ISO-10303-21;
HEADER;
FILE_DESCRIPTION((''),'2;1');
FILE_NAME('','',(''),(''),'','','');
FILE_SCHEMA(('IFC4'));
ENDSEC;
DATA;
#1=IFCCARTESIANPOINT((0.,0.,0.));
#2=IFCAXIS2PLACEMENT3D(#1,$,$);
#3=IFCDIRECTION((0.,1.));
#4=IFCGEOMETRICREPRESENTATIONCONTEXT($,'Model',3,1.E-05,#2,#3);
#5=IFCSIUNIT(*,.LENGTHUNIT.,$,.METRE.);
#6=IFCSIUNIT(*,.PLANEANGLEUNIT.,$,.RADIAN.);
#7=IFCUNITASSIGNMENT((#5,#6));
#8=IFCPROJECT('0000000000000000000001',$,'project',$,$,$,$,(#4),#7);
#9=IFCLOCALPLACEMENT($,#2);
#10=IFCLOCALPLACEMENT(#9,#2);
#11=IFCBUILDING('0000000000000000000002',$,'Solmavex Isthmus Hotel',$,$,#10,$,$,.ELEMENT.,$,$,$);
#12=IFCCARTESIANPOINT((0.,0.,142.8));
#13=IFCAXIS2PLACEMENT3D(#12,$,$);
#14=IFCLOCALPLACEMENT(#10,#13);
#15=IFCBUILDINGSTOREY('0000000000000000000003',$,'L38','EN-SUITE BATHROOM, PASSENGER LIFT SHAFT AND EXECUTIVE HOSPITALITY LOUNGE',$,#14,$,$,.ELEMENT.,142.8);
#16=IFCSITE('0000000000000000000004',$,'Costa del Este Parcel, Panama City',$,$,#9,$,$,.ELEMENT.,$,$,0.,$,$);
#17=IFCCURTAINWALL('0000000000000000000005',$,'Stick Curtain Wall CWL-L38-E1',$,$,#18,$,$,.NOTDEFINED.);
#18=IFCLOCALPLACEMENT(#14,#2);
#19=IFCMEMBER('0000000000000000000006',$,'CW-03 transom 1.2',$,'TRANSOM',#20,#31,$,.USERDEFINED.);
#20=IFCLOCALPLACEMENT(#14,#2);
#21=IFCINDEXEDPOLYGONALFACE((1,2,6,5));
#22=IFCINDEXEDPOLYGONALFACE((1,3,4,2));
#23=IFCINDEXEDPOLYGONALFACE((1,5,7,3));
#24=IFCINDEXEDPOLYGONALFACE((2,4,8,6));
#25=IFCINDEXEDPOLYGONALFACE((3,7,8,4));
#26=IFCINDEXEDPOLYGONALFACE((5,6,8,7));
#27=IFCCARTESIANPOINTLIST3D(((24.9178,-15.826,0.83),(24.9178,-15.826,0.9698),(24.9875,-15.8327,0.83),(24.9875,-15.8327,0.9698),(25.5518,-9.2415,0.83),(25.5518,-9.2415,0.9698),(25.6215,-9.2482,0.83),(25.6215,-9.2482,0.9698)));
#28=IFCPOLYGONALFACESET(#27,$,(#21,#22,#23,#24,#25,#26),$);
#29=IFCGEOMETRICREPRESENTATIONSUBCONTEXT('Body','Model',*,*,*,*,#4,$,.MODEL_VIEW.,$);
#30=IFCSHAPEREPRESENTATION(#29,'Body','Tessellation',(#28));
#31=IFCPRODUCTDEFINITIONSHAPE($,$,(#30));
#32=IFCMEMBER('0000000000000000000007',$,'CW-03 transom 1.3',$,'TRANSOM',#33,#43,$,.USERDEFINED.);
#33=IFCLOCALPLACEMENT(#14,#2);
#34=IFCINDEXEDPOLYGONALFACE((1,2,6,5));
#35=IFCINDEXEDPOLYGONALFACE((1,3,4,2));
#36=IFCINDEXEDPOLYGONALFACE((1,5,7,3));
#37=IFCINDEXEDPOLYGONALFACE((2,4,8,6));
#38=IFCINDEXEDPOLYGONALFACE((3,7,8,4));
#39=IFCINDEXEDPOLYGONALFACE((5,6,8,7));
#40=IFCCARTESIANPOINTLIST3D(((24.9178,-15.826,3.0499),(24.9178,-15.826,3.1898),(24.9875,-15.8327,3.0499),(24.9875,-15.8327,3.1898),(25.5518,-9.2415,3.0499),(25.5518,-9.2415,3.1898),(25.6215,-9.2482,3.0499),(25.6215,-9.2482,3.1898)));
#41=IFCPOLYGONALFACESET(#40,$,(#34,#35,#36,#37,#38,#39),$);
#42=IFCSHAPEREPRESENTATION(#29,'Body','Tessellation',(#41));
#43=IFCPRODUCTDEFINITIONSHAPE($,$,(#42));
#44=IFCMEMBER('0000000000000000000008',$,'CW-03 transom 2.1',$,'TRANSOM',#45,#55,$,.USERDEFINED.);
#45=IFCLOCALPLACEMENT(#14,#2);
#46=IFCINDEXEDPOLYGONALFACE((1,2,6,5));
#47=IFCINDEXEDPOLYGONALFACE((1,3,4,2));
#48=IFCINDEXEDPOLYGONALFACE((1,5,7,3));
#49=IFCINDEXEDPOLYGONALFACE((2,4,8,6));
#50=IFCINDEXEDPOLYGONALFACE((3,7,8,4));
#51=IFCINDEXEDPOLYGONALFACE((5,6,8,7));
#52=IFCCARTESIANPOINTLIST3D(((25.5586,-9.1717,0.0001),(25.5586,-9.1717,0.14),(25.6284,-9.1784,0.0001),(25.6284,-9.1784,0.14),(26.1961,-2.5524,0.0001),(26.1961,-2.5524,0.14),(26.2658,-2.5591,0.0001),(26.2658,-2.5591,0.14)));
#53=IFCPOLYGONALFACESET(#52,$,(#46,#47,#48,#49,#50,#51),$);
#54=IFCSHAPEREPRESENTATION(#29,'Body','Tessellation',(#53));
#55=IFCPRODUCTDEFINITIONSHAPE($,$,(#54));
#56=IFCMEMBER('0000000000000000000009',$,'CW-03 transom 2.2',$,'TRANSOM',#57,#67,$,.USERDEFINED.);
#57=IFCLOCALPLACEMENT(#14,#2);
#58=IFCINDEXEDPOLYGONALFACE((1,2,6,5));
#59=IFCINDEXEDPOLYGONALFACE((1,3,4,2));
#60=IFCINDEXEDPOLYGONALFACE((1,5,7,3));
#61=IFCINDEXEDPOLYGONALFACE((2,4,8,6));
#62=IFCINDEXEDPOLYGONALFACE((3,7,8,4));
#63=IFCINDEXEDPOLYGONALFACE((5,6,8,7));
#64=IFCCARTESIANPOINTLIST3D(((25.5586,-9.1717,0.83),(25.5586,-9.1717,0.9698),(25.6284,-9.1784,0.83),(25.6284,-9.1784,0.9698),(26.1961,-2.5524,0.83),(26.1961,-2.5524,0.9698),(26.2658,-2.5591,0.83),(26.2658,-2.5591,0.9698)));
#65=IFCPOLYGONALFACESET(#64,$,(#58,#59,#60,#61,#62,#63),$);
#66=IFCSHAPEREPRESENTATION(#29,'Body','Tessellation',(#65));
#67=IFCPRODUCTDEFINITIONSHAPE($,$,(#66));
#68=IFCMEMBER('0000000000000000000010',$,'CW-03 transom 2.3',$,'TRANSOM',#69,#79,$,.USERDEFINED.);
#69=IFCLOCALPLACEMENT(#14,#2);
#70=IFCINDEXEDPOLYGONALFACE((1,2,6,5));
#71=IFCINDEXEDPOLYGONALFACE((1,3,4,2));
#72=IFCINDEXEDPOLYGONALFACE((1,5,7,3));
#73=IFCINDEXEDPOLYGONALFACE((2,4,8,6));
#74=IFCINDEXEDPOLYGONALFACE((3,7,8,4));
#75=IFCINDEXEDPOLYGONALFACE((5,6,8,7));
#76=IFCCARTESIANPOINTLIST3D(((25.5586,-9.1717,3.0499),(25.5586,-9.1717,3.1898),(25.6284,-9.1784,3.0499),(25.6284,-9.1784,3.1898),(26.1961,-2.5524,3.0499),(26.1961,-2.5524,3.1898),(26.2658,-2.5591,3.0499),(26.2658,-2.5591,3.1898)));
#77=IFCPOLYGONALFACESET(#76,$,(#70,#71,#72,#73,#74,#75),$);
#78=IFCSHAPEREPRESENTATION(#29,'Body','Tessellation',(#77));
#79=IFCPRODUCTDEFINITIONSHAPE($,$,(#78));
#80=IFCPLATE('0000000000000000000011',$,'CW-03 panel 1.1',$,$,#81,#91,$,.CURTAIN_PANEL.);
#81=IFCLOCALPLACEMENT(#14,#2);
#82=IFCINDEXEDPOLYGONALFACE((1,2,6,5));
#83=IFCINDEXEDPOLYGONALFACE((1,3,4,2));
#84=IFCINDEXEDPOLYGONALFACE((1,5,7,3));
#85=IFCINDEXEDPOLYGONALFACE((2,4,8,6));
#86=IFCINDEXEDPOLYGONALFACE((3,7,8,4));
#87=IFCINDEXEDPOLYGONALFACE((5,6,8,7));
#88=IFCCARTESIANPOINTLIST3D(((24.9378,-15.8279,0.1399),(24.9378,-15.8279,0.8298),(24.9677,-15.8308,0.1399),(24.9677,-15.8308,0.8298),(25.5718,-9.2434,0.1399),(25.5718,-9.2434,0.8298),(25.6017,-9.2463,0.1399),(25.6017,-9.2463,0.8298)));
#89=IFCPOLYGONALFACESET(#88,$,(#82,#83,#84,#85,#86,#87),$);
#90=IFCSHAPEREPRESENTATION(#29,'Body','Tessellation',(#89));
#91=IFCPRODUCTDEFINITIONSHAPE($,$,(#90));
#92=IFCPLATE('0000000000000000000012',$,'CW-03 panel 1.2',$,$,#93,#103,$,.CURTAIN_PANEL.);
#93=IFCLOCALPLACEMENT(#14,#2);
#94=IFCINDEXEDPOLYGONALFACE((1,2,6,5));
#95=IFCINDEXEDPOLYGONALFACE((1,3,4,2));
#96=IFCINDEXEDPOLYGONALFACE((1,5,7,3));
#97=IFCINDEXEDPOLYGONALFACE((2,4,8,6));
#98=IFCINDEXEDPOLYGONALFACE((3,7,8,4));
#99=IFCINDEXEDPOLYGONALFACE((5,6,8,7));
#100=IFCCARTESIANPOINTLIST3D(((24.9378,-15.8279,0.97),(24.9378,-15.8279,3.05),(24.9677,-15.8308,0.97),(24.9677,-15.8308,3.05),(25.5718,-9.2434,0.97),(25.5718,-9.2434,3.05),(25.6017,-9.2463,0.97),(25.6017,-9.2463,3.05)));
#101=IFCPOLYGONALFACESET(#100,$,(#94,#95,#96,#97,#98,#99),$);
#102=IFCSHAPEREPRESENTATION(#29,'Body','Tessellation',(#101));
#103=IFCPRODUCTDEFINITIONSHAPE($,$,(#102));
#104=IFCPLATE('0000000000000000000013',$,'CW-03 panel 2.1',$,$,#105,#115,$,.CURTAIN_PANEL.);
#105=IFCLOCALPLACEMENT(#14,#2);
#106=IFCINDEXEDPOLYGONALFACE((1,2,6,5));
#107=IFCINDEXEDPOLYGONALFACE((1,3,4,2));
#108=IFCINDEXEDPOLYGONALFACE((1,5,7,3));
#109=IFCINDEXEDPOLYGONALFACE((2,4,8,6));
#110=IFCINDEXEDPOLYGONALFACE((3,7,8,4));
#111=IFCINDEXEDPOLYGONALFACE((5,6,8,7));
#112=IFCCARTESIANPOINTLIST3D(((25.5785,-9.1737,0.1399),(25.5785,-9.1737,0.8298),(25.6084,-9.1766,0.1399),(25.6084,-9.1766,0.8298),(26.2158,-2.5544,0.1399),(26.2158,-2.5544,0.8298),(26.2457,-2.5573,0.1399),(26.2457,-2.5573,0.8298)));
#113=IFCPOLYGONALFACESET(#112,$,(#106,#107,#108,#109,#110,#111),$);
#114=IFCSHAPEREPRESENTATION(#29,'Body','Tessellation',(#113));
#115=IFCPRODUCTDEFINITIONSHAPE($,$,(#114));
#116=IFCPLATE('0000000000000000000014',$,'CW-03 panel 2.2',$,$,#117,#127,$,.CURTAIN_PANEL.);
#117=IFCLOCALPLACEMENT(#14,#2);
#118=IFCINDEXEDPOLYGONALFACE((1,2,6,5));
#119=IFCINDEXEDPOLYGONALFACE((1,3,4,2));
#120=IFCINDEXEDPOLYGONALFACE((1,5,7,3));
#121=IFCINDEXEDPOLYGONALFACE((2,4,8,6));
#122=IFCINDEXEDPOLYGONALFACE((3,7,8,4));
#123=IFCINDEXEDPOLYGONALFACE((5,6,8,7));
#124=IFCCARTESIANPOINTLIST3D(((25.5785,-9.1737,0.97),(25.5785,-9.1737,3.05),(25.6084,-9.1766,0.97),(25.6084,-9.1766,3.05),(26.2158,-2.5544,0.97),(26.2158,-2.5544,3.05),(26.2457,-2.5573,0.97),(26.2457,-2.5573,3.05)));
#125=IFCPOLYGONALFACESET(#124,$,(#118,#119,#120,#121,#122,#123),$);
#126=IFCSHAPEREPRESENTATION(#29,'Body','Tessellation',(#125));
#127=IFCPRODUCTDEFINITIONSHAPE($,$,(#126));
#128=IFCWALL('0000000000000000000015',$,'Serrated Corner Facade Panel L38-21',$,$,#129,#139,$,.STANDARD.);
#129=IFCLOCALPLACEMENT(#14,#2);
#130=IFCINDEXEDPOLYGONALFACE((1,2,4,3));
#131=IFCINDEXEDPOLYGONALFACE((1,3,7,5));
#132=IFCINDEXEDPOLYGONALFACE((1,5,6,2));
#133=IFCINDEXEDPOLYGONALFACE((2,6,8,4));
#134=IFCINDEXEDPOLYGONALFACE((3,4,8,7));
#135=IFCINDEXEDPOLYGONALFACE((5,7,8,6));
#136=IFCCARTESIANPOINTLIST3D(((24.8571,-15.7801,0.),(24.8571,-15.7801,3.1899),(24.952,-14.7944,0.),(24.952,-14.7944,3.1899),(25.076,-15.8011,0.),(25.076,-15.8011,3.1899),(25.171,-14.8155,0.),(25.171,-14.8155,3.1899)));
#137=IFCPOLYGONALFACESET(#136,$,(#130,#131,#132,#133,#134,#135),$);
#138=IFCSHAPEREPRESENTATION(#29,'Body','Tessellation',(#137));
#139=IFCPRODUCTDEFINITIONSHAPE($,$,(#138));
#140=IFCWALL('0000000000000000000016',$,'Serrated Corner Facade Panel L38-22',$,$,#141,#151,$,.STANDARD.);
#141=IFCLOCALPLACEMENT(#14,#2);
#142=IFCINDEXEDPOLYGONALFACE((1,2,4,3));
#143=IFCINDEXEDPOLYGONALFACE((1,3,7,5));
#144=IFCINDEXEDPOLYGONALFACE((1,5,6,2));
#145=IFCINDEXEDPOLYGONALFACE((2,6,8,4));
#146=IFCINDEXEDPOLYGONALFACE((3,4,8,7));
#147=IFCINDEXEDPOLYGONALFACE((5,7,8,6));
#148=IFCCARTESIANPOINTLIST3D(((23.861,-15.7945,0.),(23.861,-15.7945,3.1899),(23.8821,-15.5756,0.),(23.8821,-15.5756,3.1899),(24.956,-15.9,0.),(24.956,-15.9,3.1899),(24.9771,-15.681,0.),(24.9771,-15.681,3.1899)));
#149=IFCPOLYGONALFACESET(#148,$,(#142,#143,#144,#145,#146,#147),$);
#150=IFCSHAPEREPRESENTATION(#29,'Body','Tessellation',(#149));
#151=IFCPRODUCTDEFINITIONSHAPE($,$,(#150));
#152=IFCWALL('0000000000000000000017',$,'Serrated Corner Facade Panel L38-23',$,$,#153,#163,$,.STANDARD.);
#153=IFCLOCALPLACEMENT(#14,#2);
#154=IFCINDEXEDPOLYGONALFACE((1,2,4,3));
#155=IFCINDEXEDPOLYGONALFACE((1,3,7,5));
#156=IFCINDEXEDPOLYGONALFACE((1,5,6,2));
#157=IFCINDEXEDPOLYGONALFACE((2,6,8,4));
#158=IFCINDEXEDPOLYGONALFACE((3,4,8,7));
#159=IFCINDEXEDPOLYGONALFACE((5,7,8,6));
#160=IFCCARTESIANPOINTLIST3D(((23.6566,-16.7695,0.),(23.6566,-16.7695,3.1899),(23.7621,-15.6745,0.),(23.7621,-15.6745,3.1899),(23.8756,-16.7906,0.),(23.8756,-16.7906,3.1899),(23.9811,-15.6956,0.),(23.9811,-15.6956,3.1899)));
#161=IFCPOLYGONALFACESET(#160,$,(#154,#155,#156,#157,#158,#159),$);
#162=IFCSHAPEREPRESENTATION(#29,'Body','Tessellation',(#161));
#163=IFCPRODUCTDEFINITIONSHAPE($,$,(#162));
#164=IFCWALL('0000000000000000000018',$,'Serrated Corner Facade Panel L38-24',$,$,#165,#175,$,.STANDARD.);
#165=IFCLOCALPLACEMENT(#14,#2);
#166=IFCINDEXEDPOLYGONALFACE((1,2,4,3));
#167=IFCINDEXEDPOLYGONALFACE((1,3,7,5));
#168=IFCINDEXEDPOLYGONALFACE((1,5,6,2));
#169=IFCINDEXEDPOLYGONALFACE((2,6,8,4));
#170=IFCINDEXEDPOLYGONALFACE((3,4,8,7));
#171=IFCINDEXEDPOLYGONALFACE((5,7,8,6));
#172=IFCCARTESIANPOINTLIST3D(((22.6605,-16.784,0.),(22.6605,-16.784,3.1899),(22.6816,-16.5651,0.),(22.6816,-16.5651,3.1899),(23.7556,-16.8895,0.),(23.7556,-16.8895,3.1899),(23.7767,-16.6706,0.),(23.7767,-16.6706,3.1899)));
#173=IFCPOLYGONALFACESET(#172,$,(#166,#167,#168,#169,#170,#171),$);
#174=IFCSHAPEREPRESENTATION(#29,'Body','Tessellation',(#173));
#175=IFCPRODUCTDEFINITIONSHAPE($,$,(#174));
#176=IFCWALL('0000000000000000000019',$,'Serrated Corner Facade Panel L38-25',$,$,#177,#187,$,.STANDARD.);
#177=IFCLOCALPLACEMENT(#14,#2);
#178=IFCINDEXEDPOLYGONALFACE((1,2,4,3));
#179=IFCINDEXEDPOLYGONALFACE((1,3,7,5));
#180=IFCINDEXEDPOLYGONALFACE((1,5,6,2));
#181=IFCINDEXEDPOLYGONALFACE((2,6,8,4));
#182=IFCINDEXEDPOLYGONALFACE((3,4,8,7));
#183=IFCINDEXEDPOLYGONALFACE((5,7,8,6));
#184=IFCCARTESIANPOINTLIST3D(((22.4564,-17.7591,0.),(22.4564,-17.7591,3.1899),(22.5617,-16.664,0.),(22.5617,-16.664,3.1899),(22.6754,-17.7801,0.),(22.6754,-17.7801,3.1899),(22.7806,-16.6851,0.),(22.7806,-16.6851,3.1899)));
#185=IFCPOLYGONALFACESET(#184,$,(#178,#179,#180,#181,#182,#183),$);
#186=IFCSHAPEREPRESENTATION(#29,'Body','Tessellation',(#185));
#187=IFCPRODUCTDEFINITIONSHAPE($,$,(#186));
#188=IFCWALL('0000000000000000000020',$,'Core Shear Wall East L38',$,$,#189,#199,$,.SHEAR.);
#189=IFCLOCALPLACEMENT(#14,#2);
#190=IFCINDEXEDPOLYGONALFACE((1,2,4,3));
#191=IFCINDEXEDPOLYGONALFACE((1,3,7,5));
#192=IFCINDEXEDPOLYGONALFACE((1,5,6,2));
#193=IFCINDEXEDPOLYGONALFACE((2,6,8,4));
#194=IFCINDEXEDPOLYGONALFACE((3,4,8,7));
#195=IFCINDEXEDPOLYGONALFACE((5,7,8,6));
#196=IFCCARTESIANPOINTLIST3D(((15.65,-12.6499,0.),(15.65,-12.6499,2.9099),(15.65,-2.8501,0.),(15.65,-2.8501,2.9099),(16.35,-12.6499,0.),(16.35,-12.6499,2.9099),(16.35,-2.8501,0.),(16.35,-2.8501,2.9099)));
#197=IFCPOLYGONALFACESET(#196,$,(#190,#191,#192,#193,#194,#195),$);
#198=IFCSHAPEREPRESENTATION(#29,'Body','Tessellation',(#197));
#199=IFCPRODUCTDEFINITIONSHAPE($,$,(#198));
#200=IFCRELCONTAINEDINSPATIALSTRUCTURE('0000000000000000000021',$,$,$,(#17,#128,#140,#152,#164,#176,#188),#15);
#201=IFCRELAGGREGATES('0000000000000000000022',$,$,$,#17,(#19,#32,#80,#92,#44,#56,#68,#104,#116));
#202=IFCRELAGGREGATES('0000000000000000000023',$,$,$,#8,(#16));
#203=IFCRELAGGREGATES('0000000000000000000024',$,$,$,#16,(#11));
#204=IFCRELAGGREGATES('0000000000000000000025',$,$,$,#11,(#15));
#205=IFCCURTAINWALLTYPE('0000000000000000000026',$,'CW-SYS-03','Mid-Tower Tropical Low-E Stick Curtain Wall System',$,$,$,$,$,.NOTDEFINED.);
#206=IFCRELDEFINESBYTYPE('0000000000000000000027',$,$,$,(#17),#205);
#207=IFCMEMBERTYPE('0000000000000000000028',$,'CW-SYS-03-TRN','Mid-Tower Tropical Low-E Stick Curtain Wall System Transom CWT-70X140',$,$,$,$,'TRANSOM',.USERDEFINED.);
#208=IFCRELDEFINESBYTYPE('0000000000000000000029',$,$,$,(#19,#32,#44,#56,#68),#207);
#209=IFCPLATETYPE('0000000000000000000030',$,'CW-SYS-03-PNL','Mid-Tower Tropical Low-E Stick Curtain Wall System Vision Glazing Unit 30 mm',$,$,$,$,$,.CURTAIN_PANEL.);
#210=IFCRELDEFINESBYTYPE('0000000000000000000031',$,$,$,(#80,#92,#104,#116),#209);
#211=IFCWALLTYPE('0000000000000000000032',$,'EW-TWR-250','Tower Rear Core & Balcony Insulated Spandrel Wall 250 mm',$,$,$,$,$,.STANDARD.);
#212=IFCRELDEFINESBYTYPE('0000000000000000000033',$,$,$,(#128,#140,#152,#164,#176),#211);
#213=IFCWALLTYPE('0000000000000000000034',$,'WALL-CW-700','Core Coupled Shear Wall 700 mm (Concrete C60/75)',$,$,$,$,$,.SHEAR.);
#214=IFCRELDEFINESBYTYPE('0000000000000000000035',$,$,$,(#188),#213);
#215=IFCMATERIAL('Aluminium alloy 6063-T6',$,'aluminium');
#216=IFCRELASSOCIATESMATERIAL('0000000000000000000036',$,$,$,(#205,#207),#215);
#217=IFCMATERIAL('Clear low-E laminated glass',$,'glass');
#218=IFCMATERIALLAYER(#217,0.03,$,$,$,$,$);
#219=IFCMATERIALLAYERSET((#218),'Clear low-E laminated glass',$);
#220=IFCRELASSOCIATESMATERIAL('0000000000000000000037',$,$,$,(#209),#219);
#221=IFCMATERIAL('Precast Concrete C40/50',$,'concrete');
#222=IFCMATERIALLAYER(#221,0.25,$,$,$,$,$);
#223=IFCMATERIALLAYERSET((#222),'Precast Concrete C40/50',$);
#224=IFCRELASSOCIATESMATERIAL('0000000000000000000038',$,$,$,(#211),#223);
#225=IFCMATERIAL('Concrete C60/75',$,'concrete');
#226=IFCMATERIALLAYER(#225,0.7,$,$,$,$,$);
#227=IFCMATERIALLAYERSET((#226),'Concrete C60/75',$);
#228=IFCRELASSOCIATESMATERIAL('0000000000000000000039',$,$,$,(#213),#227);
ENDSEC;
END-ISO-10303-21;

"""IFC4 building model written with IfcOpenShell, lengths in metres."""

from ifc_helpers import new_model, si_unit, direction, frame, frame_2d, origin, origin_2d, place, context, subcontext, project, spatial, rectangle, extrude, material, layer, layer_set, material_profile, profile_set, type_object, element, aggregate, save


model = new_model("IFC4")

# Units and contexts
model_context = context("Model", 3, precision=1e-05, world=origin(), true_north=direction((0.0, 1.0)))
body_context = subcontext(model_context, "Body", "Model", "MODEL_VIEW")
ifc_project = project(units=[si_unit("LENGTHUNIT", "METRE"), si_unit("PLANEANGLEUNIT", "RADIAN")], contexts=[model_context])

# Site, building, storey
site_placement = place(None, origin())
site = spatial("IfcSite", under=ifc_project, at=site_placement, Name="Costa del Este Parcel, Panama City", CompositionType="ELEMENT", RefElevation=0.0)
building_placement = place(site_placement, origin())
building = spatial("IfcBuilding", under=site, at=building_placement, Name="Solmavex Isthmus Hotel", CompositionType="ELEMENT")
storey_placement = place(building_placement, frame((0.0, 0.0, 142.8)))
storey = spatial("IfcBuildingStorey", under=building, at=storey_placement, Name="L38", Description="EN-SUITE BATHROOM, PASSENGER LIFT SHAFT AND EXECUTIVE HOSPITALITY LOUNGE", CompositionType="ELEMENT", Elevation=142.8)

# Shared definitions
ifc_material_1 = material(Name="Concrete C60/75", Category="concrete")

# Curtain wall, members, plates
ifc_material_2 = material(Name="Aluminium alloy 6063-T6", Category="aluminium")
curtain_wall_type = type_object("IfcCurtainWallType", Name="CW-SYS-03", Description="Mid-Tower Tropical Low-E Stick Curtain Wall System", PredefinedType="NOTDEFINED", material=ifc_material_2)
curtain_wall_placement = place(storey_placement, origin())
curtain_wall = element("IfcCurtainWall", 1, at=curtain_wall_placement, inside=storey, type_object=curtain_wall_type, Name="Stick Curtain Wall CWL-L38-E1", PredefinedType="NOTDEFINED")
ifc_material_profile_1 = material_profile(ifc_material_2, rectangle(XDim=0.0701, YDim=0.1399, at=origin_2d()), Name="CWT-70X140")
ifc_profile_set_1 = profile_set([ifc_material_profile_1], Name="Aluminium alloy 6063-T6")
member_type_1 = type_object("IfcMemberType", Name="CW-SYS-03-TRN", Description="Mid-Tower Tropical Low-E Stick Curtain Wall System Transom CWT-70X140", ElementType="TRANSOM", PredefinedType="USERDEFINED", material=ifc_profile_set_1)
member_1_placement = place(storey_placement, frame((24.9526, -15.8293, 0.8999), z_axis=(0.095849, 0.995396, 0.0), x_axis=(-0.995396, 0.095849, 0.0)))
member_1 = element("IfcMember", 2, at=member_1_placement, type_object=member_type_1, Name="CW-03 transom 1.2", ObjectType="TRANSOM", PredefinedType="USERDEFINED", context=body_context, shape_type="SweptSolid", body=[
    extrude(rectangle(XDim=0.0701, YDim=0.1399, at=origin_2d()), origin(), (0.0, 0.0, 1.0), 6.615),
])
member_2_placement = place(storey_placement, frame((24.9526, -15.8293, 3.1199), z_axis=(0.095849, 0.995396, 0.0), x_axis=(-0.995396, 0.095849, 0.0)))
member_2 = element("IfcMember", 3, at=member_2_placement, type_object=member_type_1, Name="CW-03 transom 1.3", ObjectType="TRANSOM", PredefinedType="USERDEFINED", context=body_context, shape_type="SweptSolid", body=[
    extrude(rectangle(XDim=0.0701, YDim=0.1399, at=origin_2d()), origin(), (0.0, 0.0, 1.0), 6.615),
])
member_3_placement = place(storey_placement, frame((25.5935, -9.175, 0.0701), z_axis=(0.095857, 0.995395, 0.0), x_axis=(-0.995395, 0.095857, 0.0)))
member_3 = element("IfcMember", 4, at=member_3_placement, type_object=member_type_1, Name="CW-03 transom 2.1", ObjectType="TRANSOM", PredefinedType="USERDEFINED", context=body_context, shape_type="SweptSolid", body=[
    extrude(rectangle(XDim=0.0701, YDim=0.1399, at=origin_2d()), origin(), (0.0, 0.0, 1.0), 6.6499),
])
member_4_placement = place(storey_placement, frame((25.5935, -9.175, 0.8999), z_axis=(0.095857, 0.995395, 0.0), x_axis=(-0.995395, 0.095857, 0.0)))
member_4 = element("IfcMember", 5, at=member_4_placement, type_object=member_type_1, Name="CW-03 transom 2.2", ObjectType="TRANSOM", PredefinedType="USERDEFINED", context=body_context, shape_type="SweptSolid", body=[
    extrude(rectangle(XDim=0.0701, YDim=0.1399, at=origin_2d()), origin(), (0.0, 0.0, 1.0), 6.6499),
])
member_5_placement = place(storey_placement, frame((25.5935, -9.175, 3.1199), z_axis=(0.095857, 0.995395, 0.0), x_axis=(-0.995395, 0.095857, 0.0)))
member_5 = element("IfcMember", 6, at=member_5_placement, type_object=member_type_1, Name="CW-03 transom 2.3", ObjectType="TRANSOM", PredefinedType="USERDEFINED", context=body_context, shape_type="SweptSolid", body=[
    extrude(rectangle(XDim=0.0701, YDim=0.1399, at=origin_2d()), origin(), (0.0, 0.0, 1.0), 6.6499),
])
ifc_material_3 = material(Name="Clear low-E laminated glass", Category="glass")
ifc_layer_1 = layer(ifc_material_3, 0.03)
ifc_layer_set_1 = layer_set([ifc_layer_1], Name="Clear low-E laminated glass")
plate_type = type_object("IfcPlateType", Name="CW-SYS-03-PNL", Description="Mid-Tower Tropical Low-E Stick Curtain Wall System Vision Glazing Unit 30 mm", PredefinedType="CURTAIN_PANEL", material=ifc_layer_set_1)
plate_1_placement = place(storey_placement, frame((25.2698, -12.5371, 0.1399), z_axis=(0.0, 0.0, 1.0), x_axis=(0.095846, 0.995396, 0.0)))
plate_1 = element("IfcPlate", 7, at=plate_1_placement, type_object=plate_type, Name="CW-03 panel 1.1", PredefinedType="CURTAIN_PANEL", context=body_context, shape_type="SweptSolid", body=[
    extrude(rectangle(XDim=6.615, YDim=0.03, at=origin_2d()), origin(), (0.0, 0.0, 1.0), 0.6899),
])
plate_2_placement = place(storey_placement, frame((25.2698, -12.5371, 0.97), z_axis=(0.0, 0.0, 1.0), x_axis=(0.095846, 0.995396, 0.0)))
plate_2 = element("IfcPlate", 8, at=plate_2_placement, type_object=plate_type, Name="CW-03 panel 1.2", PredefinedType="CURTAIN_PANEL", context=body_context, shape_type="SweptSolid", body=[
    extrude(rectangle(XDim=6.615, YDim=0.03, at=origin_2d()), origin(), (0.0, 0.0, 1.0), 2.0801),
])
plate_3_placement = place(storey_placement, frame((25.9121, -5.8655, 0.1399), z_axis=(0.0, 0.0, 1.0), x_axis=(0.095846, 0.995396, 0.0)))
plate_3 = element("IfcPlate", 9, at=plate_3_placement, type_object=plate_type, Name="CW-03 panel 2.1", PredefinedType="CURTAIN_PANEL", context=body_context, shape_type="SweptSolid", body=[
    extrude(rectangle(XDim=6.6499, YDim=0.03, at=origin_2d()), origin(), (0.0, 0.0, 1.0), 0.6899),
])
plate_4_placement = place(storey_placement, frame((25.9121, -5.8655, 0.97), z_axis=(0.0, 0.0, 1.0), x_axis=(0.095846, 0.995396, 0.0)))
plate_4 = element("IfcPlate", 10, at=plate_4_placement, type_object=plate_type, Name="CW-03 panel 2.2", PredefinedType="CURTAIN_PANEL", context=body_context, shape_type="SweptSolid", body=[
    extrude(rectangle(XDim=6.6499, YDim=0.03, at=origin_2d()), origin(), (0.0, 0.0, 1.0), 2.0801),
])
aggregate(curtain_wall, [member_1, member_2, plate_1, plate_2, member_3, member_4, member_5, plate_3, plate_4])

# Walls
ifc_material_4 = material(Name="Precast Concrete C40/50", Category="concrete")
ifc_layer_2 = layer(ifc_material_4, 0.25)
ifc_layer_set_2 = layer_set([ifc_layer_2], Name="Precast Concrete C40/50")
wall_type_1 = type_object("IfcWallType", Name="EW-TWR-250", Description="Tower Rear Core & Balcony Insulated Spandrel Wall 250 mm", PredefinedType="STANDARD", material=ifc_layer_set_2)
wall_1_placement = place(storey_placement, frame((25.0615, -14.8049, 0.0), z_axis=(0.0, 0.0, 1.0), x_axis=(-0.095914, -0.99539, 0.0)))
element("IfcWall", 11, at=wall_1_placement, inside=storey, type_object=wall_type_1, Name="Serrated Corner Facade Panel L38-21", PredefinedType="STANDARD", context=body_context, shape_type="SweptSolid", body=[
    extrude(rectangle(XDim=0.9902, YDim=0.22, at=frame_2d((0.4951, 0.0))), origin(), (0.0, 0.0, 1.0), 3.1899),
])
for number, where, z_axis, x_axis, name in (
    (12, (24.9666, -15.7905, 0.0), (0.0, 0.0, 1.0), (-0.995393, 0.095877, 0.0), "Serrated Corner Facade Panel L38-22"),
    (13, (23.8716, -15.6851, 0.0), (0.0, 0.0, 1.0), (-0.095877, -0.995393, 0.0), "Serrated Corner Facade Panel L38-23"),
    (14, (23.7661, -16.78, 0.0), (0.0, 0.0, 1.0), (-0.995393, 0.095877, 0.0), "Serrated Corner Facade Panel L38-24"),
    (15, (22.6711, -16.6746, 0.0), (0.0, 0.0, 1.0), (-0.095657, -0.995414, 0.0), "Serrated Corner Facade Panel L38-25"),
):
    element("IfcWall", number, at=place(storey_placement, frame(where, z_axis=z_axis, x_axis=x_axis)), inside=storey, type_object=wall_type_1, Name=name, PredefinedType="STANDARD", context=body_context, shape_type="SweptSolid", body=[
        extrude(rectangle(XDim=1.1001, YDim=0.22, at=frame_2d((0.55, 0.0))), origin(), (0.0, 0.0, 1.0), 3.1899),
    ])
ifc_layer_3 = layer(ifc_material_1, 0.7)
ifc_layer_set_3 = layer_set([ifc_layer_3], Name="Concrete C60/75")
wall_type_2 = type_object("IfcWallType", Name="WALL-CW-700", Description="Core Coupled Shear Wall 700 mm (Concrete C60/75)", PredefinedType="SHEAR", material=ifc_layer_set_3)
wall_2_placement = place(storey_placement, frame((16.0, -12.6499, 0.0), z_axis=(0.0, 0.0, 1.0), x_axis=(0.0, 1.0, 0.0)))
element("IfcWall", 16, at=wall_2_placement, inside=storey, type_object=wall_type_2, Name="Core Shear Wall East L38", PredefinedType="SHEAR", context=body_context, shape_type="SweptSolid", body=[
    extrude(rectangle(XDim=9.7998, YDim=0.7, at=frame_2d((4.8999, 0.0))), origin(), (0.0, 0.0, 1.0), 2.9099),
])

save(model, "model.ifc")
